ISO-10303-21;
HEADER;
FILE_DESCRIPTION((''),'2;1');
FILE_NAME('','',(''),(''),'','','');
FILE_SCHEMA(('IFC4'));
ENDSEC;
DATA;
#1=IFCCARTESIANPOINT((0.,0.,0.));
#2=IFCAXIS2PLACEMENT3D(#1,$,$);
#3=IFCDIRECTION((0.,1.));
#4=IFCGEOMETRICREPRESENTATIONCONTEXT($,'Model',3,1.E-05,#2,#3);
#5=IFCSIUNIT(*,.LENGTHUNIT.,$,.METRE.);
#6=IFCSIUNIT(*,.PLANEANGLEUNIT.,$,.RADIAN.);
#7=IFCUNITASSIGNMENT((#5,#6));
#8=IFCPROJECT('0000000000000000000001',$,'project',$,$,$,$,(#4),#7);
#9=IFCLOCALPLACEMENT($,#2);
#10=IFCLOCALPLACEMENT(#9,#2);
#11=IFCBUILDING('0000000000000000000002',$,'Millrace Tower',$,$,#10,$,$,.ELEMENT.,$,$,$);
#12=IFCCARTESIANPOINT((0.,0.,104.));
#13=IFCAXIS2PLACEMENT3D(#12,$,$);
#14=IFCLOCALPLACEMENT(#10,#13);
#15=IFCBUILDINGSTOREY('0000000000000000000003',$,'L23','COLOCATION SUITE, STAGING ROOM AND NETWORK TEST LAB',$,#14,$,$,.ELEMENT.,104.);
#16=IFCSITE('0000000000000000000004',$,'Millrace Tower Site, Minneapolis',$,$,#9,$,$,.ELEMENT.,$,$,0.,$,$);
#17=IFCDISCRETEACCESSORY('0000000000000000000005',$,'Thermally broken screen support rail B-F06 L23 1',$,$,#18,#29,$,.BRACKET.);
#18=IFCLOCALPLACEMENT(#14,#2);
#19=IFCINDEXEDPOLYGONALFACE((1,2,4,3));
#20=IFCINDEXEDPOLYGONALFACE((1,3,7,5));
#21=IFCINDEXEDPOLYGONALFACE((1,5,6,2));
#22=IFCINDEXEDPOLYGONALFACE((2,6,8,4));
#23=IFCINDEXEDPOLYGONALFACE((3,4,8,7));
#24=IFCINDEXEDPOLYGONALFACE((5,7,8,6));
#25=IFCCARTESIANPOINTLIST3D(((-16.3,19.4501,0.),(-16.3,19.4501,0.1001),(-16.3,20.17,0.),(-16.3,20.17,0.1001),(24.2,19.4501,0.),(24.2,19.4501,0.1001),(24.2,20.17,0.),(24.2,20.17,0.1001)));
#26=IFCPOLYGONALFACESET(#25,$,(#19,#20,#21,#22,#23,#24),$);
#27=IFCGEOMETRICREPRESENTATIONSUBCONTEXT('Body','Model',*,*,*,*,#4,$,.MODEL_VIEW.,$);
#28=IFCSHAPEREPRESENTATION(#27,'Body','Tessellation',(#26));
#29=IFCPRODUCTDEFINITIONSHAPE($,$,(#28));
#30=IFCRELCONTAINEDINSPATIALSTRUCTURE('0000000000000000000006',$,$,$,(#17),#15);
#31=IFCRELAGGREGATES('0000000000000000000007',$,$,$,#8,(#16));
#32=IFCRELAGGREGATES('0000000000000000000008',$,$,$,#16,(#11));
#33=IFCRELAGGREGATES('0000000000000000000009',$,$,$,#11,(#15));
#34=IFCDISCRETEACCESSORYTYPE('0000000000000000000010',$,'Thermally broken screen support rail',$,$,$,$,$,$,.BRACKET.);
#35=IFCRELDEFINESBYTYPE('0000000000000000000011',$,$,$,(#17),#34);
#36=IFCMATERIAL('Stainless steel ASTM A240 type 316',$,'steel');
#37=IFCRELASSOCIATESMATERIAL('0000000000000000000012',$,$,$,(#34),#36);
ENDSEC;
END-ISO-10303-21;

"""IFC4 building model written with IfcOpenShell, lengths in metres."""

from ifc_helpers import new_model, si_unit, direction, frame, origin, origin_2d, place, context, subcontext, project, spatial, rectangle, extrude, material, type_object, element, save


model = new_model("IFC4")

# Units and contexts
model_context = context("Model", 3, precision=1e-05, world=origin(), true_north=direction((0.0, 1.0)))
body_context = subcontext(model_context, "Body", "Model", "MODEL_VIEW")
ifc_project = project(units=[si_unit("LENGTHUNIT", "METRE"), si_unit("PLANEANGLEUNIT", "RADIAN")], contexts=[model_context])

# Site, building, storey
site_placement = place(None, origin())
site = spatial("IfcSite", under=ifc_project, at=site_placement, Name="Millrace Tower Site, Minneapolis", CompositionType="ELEMENT", RefElevation=0.0)
building_placement = place(site_placement, origin())
building = spatial("IfcBuilding", under=site, at=building_placement, Name="Millrace Tower", CompositionType="ELEMENT")
storey_placement = place(building_placement, frame((0.0, 0.0, 104.0)))
storey = spatial("IfcBuildingStorey", under=building, at=storey_placement, Name="L23", Description="COLOCATION SUITE, STAGING ROOM AND NETWORK TEST LAB", CompositionType="ELEMENT", Elevation=104.0)

# Discrete accessory
ifc_material_1 = material(Name="Stainless steel ASTM A240 type 316", Category="steel")
discrete_accessory_type = type_object("IfcDiscreteAccessoryType", Name="Thermally broken screen support rail", PredefinedType="BRACKET", material=ifc_material_1)
discrete_accessory_placement = place(storey_placement, frame((3.95, 19.8101, 0.0), z_axis=(0.0, 0.0, 1.0), x_axis=(-1.0, 0.0, 0.0)))
element("IfcDiscreteAccessory", 1, at=discrete_accessory_placement, inside=storey, type_object=discrete_accessory_type, Name="Thermally broken screen support rail B-F06 L23 1", PredefinedType="BRACKET", context=body_context, shape_type="SweptSolid", body=[
    extrude(rectangle(XDim=40.5, YDim=0.72, at=origin_2d()), origin(), (0.0, 0.0, 1.0), 0.1001),
])

save(model, "model.ifc")
